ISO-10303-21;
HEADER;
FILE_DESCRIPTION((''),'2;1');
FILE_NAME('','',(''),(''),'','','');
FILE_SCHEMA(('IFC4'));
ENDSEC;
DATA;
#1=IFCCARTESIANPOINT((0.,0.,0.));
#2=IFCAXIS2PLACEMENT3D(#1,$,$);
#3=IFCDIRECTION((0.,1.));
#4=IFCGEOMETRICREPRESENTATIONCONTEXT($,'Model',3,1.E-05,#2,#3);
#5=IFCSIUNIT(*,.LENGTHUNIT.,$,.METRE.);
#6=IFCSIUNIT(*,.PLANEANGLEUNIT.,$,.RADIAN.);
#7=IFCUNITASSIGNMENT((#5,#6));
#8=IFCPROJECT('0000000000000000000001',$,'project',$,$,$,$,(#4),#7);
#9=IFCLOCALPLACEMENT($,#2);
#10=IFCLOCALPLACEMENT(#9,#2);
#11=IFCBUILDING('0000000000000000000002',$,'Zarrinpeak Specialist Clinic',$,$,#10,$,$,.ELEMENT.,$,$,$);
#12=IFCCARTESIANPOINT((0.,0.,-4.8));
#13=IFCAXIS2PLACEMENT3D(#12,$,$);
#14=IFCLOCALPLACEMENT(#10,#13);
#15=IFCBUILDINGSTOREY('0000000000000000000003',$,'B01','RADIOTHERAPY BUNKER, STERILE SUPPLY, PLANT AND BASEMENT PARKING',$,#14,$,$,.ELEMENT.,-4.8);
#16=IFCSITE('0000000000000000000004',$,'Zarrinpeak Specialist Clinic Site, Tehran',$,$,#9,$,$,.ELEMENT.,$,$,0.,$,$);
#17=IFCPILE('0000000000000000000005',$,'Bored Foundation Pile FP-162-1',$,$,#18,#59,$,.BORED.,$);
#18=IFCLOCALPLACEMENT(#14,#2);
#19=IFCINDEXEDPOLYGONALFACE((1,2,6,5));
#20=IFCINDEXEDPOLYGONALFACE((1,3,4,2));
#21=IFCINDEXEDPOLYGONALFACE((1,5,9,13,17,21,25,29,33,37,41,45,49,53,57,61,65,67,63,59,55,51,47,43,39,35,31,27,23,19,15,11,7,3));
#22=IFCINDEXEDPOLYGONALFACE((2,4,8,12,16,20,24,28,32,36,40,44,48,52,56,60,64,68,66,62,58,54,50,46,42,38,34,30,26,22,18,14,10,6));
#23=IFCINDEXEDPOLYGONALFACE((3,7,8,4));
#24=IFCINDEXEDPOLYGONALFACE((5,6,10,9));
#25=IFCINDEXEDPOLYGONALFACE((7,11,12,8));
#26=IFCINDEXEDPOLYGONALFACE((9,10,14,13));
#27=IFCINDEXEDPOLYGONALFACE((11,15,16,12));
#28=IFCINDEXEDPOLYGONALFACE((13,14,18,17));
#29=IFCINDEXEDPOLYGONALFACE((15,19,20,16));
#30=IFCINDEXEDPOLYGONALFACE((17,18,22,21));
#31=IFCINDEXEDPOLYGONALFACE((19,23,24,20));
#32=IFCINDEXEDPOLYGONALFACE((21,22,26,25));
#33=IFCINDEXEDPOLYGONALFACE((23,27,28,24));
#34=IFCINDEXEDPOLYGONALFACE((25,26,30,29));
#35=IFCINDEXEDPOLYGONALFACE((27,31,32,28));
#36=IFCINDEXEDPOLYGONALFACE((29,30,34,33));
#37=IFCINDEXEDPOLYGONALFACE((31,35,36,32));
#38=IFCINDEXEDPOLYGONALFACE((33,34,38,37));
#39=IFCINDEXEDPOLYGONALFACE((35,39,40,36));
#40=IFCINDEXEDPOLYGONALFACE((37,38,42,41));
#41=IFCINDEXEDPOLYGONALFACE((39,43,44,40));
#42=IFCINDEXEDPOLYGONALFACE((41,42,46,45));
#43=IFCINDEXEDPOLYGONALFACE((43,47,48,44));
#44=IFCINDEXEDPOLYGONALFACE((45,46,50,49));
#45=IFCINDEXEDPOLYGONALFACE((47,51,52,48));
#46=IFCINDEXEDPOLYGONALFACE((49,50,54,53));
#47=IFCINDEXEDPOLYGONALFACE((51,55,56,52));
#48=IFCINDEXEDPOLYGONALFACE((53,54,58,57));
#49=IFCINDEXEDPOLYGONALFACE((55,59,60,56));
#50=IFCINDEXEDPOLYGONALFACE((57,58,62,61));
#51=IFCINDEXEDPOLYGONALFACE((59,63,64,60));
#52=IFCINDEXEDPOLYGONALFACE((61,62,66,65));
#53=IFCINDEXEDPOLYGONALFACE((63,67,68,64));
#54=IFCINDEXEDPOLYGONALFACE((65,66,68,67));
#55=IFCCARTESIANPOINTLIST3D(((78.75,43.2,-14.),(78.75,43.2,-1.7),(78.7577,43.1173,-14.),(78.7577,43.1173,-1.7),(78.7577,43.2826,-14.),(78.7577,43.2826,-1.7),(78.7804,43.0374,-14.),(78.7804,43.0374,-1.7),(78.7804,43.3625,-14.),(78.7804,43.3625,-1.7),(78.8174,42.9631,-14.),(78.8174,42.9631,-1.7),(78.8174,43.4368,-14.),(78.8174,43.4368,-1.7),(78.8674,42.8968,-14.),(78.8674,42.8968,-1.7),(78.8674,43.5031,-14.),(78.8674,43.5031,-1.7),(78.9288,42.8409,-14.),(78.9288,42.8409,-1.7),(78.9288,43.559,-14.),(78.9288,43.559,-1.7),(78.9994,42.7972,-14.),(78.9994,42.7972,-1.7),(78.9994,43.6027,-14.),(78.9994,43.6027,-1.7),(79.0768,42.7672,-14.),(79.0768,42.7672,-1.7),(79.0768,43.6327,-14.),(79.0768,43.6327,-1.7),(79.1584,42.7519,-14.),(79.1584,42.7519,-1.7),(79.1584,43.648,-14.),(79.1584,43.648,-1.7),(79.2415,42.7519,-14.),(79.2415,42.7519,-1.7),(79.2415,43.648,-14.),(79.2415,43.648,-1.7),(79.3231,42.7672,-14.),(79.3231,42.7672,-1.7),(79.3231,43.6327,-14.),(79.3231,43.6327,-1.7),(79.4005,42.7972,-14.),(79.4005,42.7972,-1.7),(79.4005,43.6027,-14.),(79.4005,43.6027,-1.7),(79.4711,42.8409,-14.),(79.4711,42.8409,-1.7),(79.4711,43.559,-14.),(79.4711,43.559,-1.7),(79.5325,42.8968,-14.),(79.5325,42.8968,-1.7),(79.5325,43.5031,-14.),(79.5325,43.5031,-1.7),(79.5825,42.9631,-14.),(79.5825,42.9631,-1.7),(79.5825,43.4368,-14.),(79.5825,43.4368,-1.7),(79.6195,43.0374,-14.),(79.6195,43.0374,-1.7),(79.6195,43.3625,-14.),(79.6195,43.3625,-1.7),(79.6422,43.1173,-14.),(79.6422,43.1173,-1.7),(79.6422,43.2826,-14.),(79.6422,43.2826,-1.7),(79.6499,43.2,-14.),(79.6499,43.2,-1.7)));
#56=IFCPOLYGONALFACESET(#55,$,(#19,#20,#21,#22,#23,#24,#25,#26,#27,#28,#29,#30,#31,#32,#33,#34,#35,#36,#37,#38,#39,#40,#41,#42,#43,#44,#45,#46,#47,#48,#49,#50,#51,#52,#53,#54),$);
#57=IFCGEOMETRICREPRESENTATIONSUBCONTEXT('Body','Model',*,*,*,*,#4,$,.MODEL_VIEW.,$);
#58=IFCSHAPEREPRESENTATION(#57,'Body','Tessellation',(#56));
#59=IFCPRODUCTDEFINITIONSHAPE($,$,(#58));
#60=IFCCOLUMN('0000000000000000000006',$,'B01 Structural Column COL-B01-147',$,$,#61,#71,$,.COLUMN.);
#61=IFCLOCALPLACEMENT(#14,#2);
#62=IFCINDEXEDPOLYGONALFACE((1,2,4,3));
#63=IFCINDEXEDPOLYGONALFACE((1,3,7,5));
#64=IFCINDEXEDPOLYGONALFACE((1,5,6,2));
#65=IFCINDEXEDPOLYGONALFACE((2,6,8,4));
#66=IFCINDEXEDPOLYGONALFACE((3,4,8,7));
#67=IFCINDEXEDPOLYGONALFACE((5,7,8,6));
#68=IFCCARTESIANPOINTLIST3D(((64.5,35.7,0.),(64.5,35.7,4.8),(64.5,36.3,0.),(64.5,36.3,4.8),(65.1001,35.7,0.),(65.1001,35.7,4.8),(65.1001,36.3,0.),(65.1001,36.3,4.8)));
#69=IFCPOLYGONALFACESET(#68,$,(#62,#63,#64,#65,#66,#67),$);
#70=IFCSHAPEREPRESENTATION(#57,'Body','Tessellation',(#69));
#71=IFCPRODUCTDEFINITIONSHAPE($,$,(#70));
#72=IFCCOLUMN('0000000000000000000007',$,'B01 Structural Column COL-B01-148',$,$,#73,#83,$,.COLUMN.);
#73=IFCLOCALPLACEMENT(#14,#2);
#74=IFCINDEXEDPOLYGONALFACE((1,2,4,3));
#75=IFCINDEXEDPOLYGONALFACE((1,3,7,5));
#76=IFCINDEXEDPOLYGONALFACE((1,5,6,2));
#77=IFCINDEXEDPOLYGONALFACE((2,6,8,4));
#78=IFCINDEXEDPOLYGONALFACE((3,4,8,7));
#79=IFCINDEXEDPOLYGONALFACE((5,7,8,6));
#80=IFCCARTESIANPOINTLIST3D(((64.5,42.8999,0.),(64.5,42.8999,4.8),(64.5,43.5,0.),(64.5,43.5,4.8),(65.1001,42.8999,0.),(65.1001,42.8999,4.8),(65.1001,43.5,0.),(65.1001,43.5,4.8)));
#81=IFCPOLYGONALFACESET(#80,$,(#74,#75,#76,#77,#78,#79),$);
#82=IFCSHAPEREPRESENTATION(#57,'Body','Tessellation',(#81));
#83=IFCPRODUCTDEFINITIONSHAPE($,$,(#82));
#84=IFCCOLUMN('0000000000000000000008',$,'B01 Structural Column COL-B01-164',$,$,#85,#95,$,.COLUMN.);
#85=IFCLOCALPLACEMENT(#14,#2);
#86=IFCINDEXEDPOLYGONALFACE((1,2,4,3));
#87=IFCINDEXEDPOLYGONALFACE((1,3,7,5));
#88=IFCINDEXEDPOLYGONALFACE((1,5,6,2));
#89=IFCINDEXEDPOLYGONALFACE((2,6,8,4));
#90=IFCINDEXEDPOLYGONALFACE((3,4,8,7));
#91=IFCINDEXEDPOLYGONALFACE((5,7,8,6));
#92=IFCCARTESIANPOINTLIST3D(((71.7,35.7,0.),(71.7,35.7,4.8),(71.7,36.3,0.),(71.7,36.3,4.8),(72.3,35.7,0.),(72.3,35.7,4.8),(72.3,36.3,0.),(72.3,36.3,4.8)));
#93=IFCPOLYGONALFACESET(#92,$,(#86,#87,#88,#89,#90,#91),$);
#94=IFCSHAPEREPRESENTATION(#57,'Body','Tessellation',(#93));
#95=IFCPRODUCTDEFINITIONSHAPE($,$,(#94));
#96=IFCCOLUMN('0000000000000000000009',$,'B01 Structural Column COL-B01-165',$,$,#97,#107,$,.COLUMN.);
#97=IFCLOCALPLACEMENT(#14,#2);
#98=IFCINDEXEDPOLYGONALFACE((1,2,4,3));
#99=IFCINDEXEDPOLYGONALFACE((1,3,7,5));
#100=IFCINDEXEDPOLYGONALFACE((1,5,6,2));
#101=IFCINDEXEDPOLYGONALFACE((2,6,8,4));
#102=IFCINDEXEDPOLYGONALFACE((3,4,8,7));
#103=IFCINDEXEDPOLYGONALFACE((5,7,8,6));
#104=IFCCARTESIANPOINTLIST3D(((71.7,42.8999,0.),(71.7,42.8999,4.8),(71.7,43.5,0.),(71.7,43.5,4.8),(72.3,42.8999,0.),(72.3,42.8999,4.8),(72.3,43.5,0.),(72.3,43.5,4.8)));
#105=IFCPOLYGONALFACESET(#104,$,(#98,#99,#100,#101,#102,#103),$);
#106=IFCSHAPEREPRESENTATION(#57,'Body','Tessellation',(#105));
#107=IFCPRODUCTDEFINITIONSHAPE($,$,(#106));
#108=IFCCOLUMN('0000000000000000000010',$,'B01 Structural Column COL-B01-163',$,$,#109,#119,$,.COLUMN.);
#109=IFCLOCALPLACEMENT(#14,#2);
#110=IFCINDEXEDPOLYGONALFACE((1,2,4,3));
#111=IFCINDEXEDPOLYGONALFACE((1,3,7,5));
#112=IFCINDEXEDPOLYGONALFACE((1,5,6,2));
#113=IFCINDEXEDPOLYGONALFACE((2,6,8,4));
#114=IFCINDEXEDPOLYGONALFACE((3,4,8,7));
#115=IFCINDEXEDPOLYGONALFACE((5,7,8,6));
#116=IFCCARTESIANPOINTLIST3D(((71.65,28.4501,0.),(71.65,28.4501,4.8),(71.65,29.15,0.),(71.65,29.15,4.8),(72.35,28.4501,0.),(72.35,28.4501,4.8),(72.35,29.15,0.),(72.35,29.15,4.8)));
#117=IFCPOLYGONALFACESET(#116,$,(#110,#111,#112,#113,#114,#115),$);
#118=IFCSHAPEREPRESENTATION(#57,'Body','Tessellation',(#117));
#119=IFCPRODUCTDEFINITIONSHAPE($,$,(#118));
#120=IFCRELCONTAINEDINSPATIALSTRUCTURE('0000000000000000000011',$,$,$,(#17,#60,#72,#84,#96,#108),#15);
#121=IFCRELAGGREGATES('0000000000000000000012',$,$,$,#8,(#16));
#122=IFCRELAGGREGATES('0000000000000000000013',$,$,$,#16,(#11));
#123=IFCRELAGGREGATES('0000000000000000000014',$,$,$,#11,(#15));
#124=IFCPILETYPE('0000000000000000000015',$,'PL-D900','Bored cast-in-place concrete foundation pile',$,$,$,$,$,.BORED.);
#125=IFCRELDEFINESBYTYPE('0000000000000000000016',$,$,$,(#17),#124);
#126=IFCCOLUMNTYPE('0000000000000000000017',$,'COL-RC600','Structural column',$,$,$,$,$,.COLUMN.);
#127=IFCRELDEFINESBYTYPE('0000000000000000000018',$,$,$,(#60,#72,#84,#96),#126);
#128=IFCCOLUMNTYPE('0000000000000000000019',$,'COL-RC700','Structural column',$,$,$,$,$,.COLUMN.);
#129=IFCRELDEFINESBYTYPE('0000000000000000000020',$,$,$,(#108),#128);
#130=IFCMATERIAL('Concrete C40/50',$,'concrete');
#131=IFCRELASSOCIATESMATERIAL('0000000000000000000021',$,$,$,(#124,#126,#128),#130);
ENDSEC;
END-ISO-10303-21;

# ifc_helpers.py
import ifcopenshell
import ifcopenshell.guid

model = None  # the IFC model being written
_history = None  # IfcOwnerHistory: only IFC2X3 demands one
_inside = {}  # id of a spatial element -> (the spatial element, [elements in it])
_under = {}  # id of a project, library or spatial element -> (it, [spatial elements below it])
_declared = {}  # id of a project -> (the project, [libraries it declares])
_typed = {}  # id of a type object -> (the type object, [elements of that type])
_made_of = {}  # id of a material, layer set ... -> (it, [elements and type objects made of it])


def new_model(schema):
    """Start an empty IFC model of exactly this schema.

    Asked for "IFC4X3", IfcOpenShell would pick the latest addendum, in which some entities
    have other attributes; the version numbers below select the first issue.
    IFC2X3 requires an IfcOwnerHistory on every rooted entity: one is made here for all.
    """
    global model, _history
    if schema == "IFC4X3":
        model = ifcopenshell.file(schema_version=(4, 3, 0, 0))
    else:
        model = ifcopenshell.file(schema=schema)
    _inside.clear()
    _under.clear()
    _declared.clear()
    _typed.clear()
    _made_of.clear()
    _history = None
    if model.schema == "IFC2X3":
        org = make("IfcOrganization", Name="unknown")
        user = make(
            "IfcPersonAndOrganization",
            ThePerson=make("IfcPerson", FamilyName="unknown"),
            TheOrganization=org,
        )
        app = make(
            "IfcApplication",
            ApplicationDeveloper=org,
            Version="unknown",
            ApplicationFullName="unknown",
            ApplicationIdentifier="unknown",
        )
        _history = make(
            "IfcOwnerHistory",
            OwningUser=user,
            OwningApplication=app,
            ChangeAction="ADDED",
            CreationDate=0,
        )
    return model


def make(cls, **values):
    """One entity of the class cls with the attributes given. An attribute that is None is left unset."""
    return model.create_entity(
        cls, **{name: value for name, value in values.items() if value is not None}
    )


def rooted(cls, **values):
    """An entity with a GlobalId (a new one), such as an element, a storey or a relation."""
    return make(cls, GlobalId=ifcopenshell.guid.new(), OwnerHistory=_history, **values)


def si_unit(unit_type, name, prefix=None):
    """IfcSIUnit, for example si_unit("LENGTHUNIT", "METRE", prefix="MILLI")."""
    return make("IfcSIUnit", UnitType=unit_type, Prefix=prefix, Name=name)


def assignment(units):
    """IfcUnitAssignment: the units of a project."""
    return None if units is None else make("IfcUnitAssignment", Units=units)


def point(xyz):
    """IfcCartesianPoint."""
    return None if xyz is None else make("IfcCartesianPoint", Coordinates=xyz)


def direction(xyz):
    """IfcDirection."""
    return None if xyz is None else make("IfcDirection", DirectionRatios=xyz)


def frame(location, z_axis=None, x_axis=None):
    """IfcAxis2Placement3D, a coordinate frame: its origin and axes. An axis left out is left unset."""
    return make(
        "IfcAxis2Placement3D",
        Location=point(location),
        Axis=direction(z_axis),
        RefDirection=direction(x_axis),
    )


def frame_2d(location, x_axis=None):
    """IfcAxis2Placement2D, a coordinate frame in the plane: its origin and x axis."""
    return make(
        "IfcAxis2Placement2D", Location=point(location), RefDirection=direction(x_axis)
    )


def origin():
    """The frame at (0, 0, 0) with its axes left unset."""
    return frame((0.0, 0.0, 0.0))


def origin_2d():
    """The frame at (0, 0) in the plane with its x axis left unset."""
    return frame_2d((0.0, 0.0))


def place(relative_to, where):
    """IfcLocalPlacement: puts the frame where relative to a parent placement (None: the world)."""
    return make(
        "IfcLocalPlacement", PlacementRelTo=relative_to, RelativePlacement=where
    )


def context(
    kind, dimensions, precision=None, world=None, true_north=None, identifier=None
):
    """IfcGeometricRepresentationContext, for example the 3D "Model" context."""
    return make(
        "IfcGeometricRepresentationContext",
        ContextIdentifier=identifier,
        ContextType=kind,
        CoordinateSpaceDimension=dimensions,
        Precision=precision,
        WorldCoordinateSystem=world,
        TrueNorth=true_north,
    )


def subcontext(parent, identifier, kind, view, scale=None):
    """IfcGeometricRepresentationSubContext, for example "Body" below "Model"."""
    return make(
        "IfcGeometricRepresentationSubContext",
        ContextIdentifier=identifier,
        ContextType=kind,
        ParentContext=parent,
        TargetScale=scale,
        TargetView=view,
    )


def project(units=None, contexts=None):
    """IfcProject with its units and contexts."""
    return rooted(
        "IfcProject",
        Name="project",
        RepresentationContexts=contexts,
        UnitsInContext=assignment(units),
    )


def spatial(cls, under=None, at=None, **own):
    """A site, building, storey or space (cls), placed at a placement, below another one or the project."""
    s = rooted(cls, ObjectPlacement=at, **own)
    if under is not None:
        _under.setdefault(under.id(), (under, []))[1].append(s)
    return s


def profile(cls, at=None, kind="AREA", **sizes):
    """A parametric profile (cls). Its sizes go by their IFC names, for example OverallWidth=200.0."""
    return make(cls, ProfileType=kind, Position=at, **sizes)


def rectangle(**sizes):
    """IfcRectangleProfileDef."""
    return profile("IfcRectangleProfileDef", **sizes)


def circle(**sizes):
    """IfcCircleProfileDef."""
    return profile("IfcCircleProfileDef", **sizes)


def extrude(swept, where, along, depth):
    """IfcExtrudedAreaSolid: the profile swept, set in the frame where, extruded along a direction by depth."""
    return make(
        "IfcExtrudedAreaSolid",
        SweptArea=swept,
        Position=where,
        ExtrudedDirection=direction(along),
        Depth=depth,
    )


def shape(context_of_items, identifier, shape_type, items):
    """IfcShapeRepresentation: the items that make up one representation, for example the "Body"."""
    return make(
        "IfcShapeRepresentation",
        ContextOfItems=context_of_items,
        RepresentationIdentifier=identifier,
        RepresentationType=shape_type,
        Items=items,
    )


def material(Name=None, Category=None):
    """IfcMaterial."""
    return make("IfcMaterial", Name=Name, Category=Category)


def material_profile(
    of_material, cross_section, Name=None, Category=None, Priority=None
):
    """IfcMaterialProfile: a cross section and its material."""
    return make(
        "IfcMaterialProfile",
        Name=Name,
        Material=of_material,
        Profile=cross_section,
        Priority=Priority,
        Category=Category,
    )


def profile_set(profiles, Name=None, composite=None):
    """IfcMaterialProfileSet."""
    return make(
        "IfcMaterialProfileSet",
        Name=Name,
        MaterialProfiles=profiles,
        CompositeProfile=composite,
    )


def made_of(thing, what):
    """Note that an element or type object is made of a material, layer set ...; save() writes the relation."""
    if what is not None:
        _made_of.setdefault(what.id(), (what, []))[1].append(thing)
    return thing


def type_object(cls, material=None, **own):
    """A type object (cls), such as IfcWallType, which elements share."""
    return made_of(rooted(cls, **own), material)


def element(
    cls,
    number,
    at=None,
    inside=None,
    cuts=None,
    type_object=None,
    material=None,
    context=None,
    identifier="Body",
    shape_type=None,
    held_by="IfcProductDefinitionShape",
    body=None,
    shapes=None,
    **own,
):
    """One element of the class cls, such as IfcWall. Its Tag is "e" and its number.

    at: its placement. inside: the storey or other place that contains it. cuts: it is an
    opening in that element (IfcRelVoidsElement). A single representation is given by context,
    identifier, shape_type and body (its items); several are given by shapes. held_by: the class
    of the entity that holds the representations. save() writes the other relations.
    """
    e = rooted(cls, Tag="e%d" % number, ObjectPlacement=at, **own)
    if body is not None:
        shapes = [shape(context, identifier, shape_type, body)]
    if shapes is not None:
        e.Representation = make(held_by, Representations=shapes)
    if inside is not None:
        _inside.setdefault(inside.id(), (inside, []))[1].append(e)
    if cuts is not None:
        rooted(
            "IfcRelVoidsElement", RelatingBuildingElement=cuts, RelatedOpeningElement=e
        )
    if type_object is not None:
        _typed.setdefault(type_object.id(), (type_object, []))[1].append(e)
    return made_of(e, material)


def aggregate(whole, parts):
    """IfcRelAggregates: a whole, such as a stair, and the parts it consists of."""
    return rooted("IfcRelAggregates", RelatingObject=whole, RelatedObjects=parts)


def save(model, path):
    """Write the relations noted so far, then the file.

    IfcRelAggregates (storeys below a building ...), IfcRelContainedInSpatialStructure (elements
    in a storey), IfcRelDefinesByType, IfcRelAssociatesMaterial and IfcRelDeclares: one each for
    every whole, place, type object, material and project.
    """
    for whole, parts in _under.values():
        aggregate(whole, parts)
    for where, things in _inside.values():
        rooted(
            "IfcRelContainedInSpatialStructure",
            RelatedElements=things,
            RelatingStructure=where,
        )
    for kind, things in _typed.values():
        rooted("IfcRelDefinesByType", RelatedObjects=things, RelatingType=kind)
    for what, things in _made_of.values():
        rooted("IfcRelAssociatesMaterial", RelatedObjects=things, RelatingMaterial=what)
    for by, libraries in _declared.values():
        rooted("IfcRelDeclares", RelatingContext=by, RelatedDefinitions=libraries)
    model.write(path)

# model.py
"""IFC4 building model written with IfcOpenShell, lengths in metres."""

from ifc_helpers import new_model, si_unit, direction, frame, origin, origin_2d, place, context, subcontext, project, spatial, rectangle, circle, extrude, material, material_profile, profile_set, type_object, element, save


model = new_model("IFC4")

# Units and contexts
model_context = context("Model", 3, precision=1e-05, world=origin(), true_north=direction((0.0, 1.0)))
body_context = subcontext(model_context, "Body", "Model", "MODEL_VIEW")
ifc_project = project(units=[si_unit("LENGTHUNIT", "METRE"), si_unit("PLANEANGLEUNIT", "RADIAN")], contexts=[model_context])

# Site, building, storey
site_placement = place(None, origin())
site = spatial("IfcSite", under=ifc_project, at=site_placement, Name="Zarrinpeak Specialist Clinic Site, Tehran", CompositionType="ELEMENT", RefElevation=0.0)
building_placement = place(site_placement, origin())
building = spatial("IfcBuilding", under=site, at=building_placement, Name="Zarrinpeak Specialist Clinic", CompositionType="ELEMENT")
storey_placement = place(building_placement, frame((0.0, 0.0, -4.8)))
storey = spatial("IfcBuildingStorey", under=building, at=storey_placement, Name="B01", Description="RADIOTHERAPY BUNKER, STERILE SUPPLY, PLANT AND BASEMENT PARKING", CompositionType="ELEMENT", Elevation=-4.8)

# Shared definitions
ifc_material = material(Name="Concrete C40/50", Category="concrete")

# Pile
ifc_material_profile_1 = material_profile(ifc_material, circle(Radius=0.45, at=origin_2d()), Name="BORED PILE D900")
ifc_profile_set_1 = profile_set([ifc_material_profile_1], Name="Concrete C40/50")
pile_type = type_object("IfcPileType", Name="PL-D900", Description="Bored cast-in-place concrete foundation pile", PredefinedType="BORED", material=ifc_profile_set_1)
for number, where, z_axis, x_axis, name in (
    (1, (79.2, 43.2, -1.7), (0.0, 0.0, -1.0), (1.0, 0.0, 0.0), "Bored Foundation Pile FP-162-1"),
):
    element("IfcPile", number, at=place(storey_placement, frame(where, z_axis=z_axis, x_axis=x_axis)), inside=storey, type_object=pile_type, Name=name, PredefinedType="BORED", context=body_context, shape_type="SweptSolid", body=[
        extrude(circle(Radius=0.45, at=origin_2d()), origin(), (0.0, 0.0, 1.0), 12.3),
    ])

# Columns
ifc_material_profile_2 = material_profile(ifc_material, rectangle(XDim=0.6001, YDim=0.6001, at=origin_2d()), Name="RC 600x600")
ifc_profile_set_2 = profile_set([ifc_material_profile_2], Name="Concrete C40/50")
column_type_1 = type_object("IfcColumnType", Name="COL-RC600", Description="Structural column", PredefinedType="COLUMN", material=ifc_profile_set_2)
for number, where, z_axis, x_axis, name in (
    (2, (64.8, 36.0, 0.0), (0.0, 0.0, 1.0), (1.0, 0.0, 0.0), "B01 Structural Column COL-B01-147"),
    (3, (64.8, 43.2, 0.0), (0.0, 0.0, 1.0), (1.0, 0.0, 0.0), "B01 Structural Column COL-B01-148"),
    (4, (72.0, 36.0, 0.0), (0.0, 0.0, 1.0), (1.0, 0.0, 0.0), "B01 Structural Column COL-B01-164"),
    (5, (72.0, 43.2, 0.0), (0.0, 0.0, 1.0), (1.0, 0.0, 0.0), "B01 Structural Column COL-B01-165"),
):
    element("IfcColumn", number, at=place(storey_placement, frame(where, z_axis=z_axis, x_axis=x_axis)), inside=storey, type_object=column_type_1, Name=name, PredefinedType="COLUMN", context=body_context, shape_type="SweptSolid", body=[
        extrude(rectangle(XDim=0.6001, YDim=0.6001, at=origin_2d()), origin(), (0.0, 0.0, 1.0), 4.8),
    ])
ifc_material_profile_3 = material_profile(ifc_material, rectangle(XDim=0.7, YDim=0.7, at=origin_2d()), Name="RC 700x700")
ifc_profile_set_3 = profile_set([ifc_material_profile_3], Name="Concrete C40/50")
column_type_2 = type_object("IfcColumnType", Name="COL-RC700", Description="Structural column", PredefinedType="COLUMN", material=ifc_profile_set_3)
column_placement = place(storey_placement, frame((72.0, 28.8, 0.0), z_axis=(0.0, 0.0, 1.0), x_axis=(1.0, 0.0, 0.0)))
element("IfcColumn", 6, at=column_placement, inside=storey, type_object=column_type_2, Name="B01 Structural Column COL-B01-163", PredefinedType="COLUMN", context=body_context, shape_type="SweptSolid", body=[
    extrude(rectangle(XDim=0.7, YDim=0.7, at=origin_2d()), origin(), (0.0, 0.0, 1.0), 4.8),
])

save(model, "model.ifc")
